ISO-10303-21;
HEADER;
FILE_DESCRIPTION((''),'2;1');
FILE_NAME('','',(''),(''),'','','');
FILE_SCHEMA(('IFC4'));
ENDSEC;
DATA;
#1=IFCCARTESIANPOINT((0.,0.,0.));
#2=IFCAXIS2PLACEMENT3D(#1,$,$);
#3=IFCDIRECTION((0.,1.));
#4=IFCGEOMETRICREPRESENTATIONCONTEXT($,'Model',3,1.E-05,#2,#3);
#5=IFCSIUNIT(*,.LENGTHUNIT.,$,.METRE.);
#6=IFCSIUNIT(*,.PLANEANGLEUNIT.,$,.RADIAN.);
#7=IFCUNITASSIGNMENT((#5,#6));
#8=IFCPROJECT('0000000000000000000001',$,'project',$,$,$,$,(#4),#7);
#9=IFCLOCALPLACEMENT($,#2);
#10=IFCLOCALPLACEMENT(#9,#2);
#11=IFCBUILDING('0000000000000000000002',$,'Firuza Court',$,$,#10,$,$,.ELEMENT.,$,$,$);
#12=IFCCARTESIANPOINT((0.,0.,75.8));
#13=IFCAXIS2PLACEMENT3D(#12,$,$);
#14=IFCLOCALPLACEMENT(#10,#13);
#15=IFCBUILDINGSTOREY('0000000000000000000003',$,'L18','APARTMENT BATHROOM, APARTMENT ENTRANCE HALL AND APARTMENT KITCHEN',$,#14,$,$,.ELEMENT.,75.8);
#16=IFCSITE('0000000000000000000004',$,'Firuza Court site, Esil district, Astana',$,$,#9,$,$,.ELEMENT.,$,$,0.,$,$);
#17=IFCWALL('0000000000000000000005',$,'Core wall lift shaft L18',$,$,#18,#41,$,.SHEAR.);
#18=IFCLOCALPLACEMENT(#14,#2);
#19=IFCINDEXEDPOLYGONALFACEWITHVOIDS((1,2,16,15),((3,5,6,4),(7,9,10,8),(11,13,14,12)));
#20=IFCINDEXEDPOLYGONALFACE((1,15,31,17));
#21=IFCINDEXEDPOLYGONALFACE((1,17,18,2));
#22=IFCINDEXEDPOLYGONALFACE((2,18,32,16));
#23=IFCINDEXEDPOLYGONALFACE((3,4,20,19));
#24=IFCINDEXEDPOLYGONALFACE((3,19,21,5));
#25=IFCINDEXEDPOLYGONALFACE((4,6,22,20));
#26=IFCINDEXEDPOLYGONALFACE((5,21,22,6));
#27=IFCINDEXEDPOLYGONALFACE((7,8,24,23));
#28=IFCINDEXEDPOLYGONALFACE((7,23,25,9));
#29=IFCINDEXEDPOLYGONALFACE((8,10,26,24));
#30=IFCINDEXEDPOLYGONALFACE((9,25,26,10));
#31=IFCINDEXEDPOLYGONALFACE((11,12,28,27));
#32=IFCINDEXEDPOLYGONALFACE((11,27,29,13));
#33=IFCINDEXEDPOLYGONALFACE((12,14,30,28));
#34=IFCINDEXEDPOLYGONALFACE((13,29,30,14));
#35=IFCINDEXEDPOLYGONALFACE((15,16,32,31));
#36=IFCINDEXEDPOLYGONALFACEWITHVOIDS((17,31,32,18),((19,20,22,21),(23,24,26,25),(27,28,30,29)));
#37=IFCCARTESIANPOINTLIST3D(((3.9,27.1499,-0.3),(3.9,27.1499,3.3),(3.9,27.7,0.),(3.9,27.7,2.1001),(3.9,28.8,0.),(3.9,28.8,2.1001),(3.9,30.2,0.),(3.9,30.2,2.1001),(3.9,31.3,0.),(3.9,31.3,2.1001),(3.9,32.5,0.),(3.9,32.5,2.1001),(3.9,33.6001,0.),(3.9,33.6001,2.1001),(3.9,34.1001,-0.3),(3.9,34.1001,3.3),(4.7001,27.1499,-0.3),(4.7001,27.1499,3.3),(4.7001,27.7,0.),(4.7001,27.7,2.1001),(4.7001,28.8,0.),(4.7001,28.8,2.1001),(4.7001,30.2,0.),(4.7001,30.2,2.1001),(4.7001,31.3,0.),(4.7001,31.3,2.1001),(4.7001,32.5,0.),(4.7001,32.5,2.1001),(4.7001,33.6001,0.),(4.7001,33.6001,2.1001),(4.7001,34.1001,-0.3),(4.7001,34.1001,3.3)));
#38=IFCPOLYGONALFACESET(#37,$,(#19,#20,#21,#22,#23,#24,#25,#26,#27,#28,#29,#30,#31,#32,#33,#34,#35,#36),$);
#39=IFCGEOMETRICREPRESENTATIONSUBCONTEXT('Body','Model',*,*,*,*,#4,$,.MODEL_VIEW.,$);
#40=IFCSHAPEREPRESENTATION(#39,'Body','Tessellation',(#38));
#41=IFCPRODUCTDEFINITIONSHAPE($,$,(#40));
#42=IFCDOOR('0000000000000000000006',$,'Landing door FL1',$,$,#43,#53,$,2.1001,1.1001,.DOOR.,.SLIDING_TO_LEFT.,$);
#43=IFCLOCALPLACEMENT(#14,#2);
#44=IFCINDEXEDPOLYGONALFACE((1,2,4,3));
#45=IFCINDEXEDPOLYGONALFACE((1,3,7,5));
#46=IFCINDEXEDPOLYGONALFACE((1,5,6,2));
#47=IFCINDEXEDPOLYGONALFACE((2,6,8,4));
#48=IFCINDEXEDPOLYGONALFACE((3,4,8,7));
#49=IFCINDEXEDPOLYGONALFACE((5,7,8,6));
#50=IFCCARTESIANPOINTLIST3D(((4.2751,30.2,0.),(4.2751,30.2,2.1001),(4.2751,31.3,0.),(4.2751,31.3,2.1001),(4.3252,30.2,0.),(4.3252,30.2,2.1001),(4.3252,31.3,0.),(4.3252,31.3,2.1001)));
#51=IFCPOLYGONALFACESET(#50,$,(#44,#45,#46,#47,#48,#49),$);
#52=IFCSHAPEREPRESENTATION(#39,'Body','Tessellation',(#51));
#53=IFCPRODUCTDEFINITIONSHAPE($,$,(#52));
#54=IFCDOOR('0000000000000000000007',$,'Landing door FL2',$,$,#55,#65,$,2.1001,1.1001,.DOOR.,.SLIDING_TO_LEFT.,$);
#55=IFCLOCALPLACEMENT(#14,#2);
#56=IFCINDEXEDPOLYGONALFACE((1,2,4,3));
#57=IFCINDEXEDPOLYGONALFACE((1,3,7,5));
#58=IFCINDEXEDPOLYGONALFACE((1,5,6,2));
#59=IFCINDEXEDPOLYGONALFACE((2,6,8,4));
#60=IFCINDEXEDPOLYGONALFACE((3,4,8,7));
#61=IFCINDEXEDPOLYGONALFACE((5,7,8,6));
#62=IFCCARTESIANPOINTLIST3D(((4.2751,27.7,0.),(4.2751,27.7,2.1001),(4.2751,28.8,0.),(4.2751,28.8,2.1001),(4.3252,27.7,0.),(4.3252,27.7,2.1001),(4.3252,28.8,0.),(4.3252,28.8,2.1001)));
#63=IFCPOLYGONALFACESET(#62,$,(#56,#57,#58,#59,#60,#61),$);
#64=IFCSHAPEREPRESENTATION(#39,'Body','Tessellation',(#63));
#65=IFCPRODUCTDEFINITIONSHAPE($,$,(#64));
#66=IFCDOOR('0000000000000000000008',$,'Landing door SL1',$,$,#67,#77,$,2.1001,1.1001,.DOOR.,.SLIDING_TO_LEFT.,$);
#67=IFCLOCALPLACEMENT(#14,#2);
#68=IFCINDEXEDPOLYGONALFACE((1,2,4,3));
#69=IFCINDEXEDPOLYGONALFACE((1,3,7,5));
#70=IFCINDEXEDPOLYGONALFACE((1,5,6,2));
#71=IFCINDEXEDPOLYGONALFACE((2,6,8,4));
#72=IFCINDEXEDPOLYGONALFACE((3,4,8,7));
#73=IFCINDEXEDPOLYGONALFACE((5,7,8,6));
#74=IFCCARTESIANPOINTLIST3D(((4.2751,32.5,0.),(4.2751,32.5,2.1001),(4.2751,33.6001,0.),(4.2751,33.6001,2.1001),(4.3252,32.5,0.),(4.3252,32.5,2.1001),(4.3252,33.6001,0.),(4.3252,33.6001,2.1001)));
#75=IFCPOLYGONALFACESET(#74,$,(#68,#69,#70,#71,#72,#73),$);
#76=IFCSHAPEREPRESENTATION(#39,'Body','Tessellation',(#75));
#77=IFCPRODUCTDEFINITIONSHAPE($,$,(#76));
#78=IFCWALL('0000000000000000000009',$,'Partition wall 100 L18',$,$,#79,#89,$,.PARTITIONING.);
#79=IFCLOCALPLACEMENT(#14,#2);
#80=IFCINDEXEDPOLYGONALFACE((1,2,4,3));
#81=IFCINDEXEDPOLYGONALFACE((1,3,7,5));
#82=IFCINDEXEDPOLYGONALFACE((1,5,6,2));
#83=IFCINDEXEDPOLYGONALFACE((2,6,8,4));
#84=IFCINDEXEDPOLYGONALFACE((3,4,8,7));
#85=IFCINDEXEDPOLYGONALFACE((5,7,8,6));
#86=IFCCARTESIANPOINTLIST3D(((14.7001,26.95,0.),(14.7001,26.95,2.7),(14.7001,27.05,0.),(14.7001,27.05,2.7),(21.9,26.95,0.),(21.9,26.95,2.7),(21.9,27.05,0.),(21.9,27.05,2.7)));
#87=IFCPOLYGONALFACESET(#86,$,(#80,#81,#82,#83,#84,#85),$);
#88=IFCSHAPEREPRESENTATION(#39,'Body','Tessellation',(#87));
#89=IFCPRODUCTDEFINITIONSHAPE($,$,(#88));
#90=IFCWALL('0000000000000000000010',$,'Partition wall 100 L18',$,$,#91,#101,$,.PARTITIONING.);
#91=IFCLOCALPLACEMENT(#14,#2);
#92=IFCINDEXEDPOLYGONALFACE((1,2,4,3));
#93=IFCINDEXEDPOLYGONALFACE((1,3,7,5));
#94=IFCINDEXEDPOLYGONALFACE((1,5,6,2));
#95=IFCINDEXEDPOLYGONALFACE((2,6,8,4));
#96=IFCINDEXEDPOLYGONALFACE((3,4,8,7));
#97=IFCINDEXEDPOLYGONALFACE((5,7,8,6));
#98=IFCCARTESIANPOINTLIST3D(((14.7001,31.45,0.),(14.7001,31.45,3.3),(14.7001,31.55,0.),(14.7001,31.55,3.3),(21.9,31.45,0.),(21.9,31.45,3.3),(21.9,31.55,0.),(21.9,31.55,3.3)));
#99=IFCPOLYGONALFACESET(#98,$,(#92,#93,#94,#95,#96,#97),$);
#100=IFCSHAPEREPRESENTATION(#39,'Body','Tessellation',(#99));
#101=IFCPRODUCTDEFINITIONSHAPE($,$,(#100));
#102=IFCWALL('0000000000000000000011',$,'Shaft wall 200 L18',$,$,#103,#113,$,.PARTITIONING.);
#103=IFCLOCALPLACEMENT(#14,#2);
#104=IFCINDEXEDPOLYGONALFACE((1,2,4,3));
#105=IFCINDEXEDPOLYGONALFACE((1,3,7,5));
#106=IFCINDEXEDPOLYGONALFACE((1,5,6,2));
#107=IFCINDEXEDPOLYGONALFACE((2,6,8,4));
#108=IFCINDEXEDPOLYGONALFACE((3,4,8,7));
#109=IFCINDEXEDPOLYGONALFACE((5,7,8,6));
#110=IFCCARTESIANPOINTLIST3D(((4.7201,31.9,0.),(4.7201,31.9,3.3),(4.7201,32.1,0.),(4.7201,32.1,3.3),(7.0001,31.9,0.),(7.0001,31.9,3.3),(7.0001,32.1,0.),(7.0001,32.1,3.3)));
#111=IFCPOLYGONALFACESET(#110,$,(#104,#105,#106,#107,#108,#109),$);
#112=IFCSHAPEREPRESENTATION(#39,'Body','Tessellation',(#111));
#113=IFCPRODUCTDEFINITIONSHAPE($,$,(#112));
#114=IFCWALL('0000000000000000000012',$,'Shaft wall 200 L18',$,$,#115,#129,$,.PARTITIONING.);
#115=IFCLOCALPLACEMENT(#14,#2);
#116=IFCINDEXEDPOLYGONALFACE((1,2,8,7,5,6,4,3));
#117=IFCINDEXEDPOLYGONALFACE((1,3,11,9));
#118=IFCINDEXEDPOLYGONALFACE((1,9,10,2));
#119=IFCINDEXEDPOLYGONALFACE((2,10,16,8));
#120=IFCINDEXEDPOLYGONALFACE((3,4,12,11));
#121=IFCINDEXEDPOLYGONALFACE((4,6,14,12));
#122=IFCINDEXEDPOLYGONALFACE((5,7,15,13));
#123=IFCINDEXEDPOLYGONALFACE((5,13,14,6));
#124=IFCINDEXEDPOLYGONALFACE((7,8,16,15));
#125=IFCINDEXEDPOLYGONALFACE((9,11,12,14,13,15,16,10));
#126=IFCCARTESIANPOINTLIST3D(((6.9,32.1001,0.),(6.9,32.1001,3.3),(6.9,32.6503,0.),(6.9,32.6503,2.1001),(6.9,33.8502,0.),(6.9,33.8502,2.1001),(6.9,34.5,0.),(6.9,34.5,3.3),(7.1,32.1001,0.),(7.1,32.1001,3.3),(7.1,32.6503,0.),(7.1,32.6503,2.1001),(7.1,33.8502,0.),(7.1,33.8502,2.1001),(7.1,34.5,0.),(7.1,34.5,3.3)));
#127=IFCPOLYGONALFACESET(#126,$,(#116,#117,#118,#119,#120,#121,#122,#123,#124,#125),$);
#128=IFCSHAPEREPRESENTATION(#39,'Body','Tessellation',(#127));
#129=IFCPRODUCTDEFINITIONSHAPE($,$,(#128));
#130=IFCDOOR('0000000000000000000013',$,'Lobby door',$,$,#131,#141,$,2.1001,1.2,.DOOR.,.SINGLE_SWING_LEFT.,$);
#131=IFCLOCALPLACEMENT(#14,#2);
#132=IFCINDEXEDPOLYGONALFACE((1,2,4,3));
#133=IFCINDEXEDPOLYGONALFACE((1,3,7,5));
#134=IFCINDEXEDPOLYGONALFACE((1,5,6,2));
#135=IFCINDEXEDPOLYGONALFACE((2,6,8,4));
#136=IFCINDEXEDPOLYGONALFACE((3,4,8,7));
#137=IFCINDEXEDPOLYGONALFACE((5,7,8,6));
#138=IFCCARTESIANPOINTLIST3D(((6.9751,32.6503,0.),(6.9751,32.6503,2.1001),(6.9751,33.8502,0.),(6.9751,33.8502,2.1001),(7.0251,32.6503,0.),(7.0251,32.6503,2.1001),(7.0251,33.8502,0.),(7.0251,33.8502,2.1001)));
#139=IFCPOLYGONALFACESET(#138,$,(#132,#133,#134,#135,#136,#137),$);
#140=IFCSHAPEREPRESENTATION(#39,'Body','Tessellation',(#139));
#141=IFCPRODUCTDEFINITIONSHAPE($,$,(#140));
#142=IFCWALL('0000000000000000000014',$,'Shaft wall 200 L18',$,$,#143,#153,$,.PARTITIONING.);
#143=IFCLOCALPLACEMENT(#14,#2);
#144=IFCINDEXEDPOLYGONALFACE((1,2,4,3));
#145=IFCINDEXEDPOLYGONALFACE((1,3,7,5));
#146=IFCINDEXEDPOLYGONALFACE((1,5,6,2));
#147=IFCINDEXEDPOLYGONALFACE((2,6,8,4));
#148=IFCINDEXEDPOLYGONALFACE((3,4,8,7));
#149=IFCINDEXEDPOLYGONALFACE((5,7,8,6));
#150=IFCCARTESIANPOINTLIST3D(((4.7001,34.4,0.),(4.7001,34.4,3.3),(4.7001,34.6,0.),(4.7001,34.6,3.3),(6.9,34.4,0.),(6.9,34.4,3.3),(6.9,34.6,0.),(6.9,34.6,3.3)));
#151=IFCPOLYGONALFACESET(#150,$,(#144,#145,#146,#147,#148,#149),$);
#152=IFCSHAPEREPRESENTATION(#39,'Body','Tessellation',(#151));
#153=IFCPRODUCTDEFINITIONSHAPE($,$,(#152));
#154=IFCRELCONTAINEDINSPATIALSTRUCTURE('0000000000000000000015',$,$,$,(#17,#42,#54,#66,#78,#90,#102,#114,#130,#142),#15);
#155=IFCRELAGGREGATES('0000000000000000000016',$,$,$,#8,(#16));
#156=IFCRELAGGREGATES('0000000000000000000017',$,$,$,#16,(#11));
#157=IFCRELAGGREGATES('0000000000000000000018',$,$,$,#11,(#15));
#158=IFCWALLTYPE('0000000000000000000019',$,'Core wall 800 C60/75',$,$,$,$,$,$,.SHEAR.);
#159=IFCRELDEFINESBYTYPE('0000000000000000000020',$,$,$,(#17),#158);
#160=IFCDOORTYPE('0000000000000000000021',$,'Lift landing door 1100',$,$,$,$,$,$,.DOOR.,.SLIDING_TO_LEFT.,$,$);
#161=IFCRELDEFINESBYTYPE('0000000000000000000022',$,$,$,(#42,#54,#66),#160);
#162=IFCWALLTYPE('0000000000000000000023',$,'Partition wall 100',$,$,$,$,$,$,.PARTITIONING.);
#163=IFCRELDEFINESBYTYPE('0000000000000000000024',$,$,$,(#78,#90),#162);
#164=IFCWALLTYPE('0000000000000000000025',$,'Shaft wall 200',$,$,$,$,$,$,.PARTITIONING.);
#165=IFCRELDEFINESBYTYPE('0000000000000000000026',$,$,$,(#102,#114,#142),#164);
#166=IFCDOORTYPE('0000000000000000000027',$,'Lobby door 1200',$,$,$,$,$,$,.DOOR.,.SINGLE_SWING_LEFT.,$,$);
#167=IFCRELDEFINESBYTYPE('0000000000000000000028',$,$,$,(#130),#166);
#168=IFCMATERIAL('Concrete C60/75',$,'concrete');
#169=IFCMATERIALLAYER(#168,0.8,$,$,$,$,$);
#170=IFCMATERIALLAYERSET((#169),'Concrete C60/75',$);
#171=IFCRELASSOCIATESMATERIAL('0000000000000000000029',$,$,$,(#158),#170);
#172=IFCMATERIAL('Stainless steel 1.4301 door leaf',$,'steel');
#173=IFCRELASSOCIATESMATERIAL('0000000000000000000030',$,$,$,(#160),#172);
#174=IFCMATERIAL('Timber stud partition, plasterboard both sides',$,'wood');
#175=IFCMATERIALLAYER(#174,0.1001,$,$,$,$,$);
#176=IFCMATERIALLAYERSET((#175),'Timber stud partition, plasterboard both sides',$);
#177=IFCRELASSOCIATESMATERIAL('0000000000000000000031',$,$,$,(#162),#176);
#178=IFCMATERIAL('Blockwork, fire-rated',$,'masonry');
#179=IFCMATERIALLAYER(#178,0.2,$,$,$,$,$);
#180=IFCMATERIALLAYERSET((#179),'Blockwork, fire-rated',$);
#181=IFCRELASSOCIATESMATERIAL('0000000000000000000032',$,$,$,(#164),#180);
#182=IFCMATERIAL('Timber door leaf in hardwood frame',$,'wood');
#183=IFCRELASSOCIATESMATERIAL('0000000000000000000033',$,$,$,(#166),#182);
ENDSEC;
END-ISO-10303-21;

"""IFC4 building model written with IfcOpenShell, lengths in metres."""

from ifc_helpers import new_model, si_unit, direction, frame, frame_2d, origin, place, context, subcontext, project, spatial, rectangle, extrude, material, layer, layer_set, type_object, element, fill, save


model = new_model("IFC4")

# Units and contexts
model_context = context("Model", 3, precision=1e-05, world=origin(), true_north=direction((0.0, 1.0)))
body_context = subcontext(model_context, "Body", "Model", "MODEL_VIEW")
ifc_project = project(units=[si_unit("LENGTHUNIT", "METRE"), si_unit("PLANEANGLEUNIT", "RADIAN")], contexts=[model_context])

# Site, building, storey
site_placement = place(None, origin())
site = spatial("IfcSite", under=ifc_project, at=site_placement, Name="Firuza Court site, Esil district, Astana", CompositionType="ELEMENT", RefElevation=0.0)
building_placement = place(site_placement, origin())
building = spatial("IfcBuilding", under=site, at=building_placement, Name="Firuza Court", CompositionType="ELEMENT")
storey_placement = place(building_placement, frame((0.0, 0.0, 75.8)))
storey = spatial("IfcBuildingStorey", under=building, at=storey_placement, Name="L18", Description="APARTMENT BATHROOM, APARTMENT ENTRANCE HALL AND APARTMENT KITCHEN", CompositionType="ELEMENT", Elevation=75.8)

# Shared definitions
ifc_material_1 = material(Name="Concrete C60/75", Category="concrete")

# Shared definitions
ifc_layer_1 = layer(ifc_material_1, 0.8)
ifc_layer_set_1 = layer_set([ifc_layer_1], Name="Concrete C60/75")
wall_type_1 = type_object("IfcWallType", Name="Core wall 800 C60/75", PredefinedType="SHEAR", material=ifc_layer_set_1)

# Wall, openings, doors
wall_1_placement = place(storey_placement, frame((4.3, 27.1499, -0.3), z_axis=(0.0, 0.0, 1.0), x_axis=(0.0, 1.0, 0.0)))
wall_1 = element("IfcWall", 1, at=wall_1_placement, inside=storey, type_object=wall_type_1, Name="Core wall lift shaft L18", PredefinedType="SHEAR", context=body_context, shape_type="SweptSolid", body=[
    extrude(rectangle(XDim=6.9502, YDim=0.8, at=frame_2d((3.4751, 0.0))), origin(), (0.0, 0.0, 1.0), 3.6001),
])
opening_1_placement = place(wall_1_placement, frame((3.05, 0.0, 0.3)))
opening_1 = element("IfcOpeningElement", 2, at=opening_1_placement, cuts=wall_1, PredefinedType="OPENING", context=body_context, shape_type="SweptSolid", body=[
    extrude(rectangle(XDim=1.1001, YDim=2.1001, at=frame_2d((0.55, 1.05))), frame((0.0, 0.4121, 0.0), z_axis=(0.0, -1.0, 0.0), x_axis=(1.0, 0.0, 0.0)), (0.0, 0.0, 1.0), 0.824),
])
opening_2_placement = place(wall_1_placement, frame((0.55, 0.0, 0.3)))
opening_2 = element("IfcOpeningElement", 3, at=opening_2_placement, cuts=wall_1, PredefinedType="OPENING", context=body_context, shape_type="SweptSolid", body=[
    extrude(rectangle(XDim=1.1001, YDim=2.1001, at=frame_2d((0.55, 1.05))), frame((0.0, 0.4121, 0.0), z_axis=(0.0, -1.0, 0.0), x_axis=(1.0, 0.0, 0.0)), (0.0, 0.0, 1.0), 0.824),
])
opening_3_placement = place(wall_1_placement, frame((5.3501, 0.0, 0.3)))
opening_3 = element("IfcOpeningElement", 4, at=opening_3_placement, cuts=wall_1, PredefinedType="OPENING", context=body_context, shape_type="SweptSolid", body=[
    extrude(rectangle(XDim=1.1001, YDim=2.1001, at=frame_2d((0.55, 1.05))), frame((0.0, 0.4121, 0.0), z_axis=(0.0, -1.0, 0.0), x_axis=(1.0, 0.0, 0.0)), (0.0, 0.0, 1.0), 0.824),
])
ifc_material_2 = material(Name="Stainless steel 1.4301 door leaf", Category="steel")
door_type_1 = type_object("IfcDoorType", Name="Lift landing door 1100", OperationType="SLIDING_TO_LEFT", PredefinedType="DOOR", material=ifc_material_2)
door_1_placement = place(opening_1_placement, origin())
door_1 = element("IfcDoor", 5, at=door_1_placement, inside=storey, type_object=door_type_1, Name="Landing door FL1", OperationType="SLIDING_TO_LEFT", OverallHeight=2.1001, OverallWidth=1.1001, PredefinedType="DOOR", context=body_context, shape_type="SweptSolid", body=[
    extrude(rectangle(XDim=1.1001, YDim=2.1001, at=frame_2d((0.55, 1.05))), frame((0.0, 0.0249, 0.0), z_axis=(0.0, -1.0, 0.0), x_axis=(1.0, 0.0, 0.0)), (0.0, 0.0, 1.0), 0.05),
])
fill(opening_1, door_1)
door_2_placement = place(opening_2_placement, origin())
door_2 = element("IfcDoor", 6, at=door_2_placement, inside=storey, type_object=door_type_1, Name="Landing door FL2", OperationType="SLIDING_TO_LEFT", OverallHeight=2.1001, OverallWidth=1.1001, PredefinedType="DOOR", context=body_context, shape_type="SweptSolid", body=[
    extrude(rectangle(XDim=1.1001, YDim=2.1001, at=frame_2d((0.55, 1.05))), frame((0.0, 0.0249, 0.0), z_axis=(0.0, -1.0, 0.0), x_axis=(1.0, 0.0, 0.0)), (0.0, 0.0, 1.0), 0.05),
])
fill(opening_2, door_2)
door_3_placement = place(opening_3_placement, origin())
door_3 = element("IfcDoor", 7, at=door_3_placement, inside=storey, type_object=door_type_1, Name="Landing door SL1", OperationType="SLIDING_TO_LEFT", OverallHeight=2.1001, OverallWidth=1.1001, PredefinedType="DOOR", context=body_context, shape_type="SweptSolid", body=[
    extrude(rectangle(XDim=1.1001, YDim=2.1001, at=frame_2d((0.55, 1.05))), frame((0.0, 0.0249, 0.0), z_axis=(0.0, -1.0, 0.0), x_axis=(1.0, 0.0, 0.0)), (0.0, 0.0, 1.0), 0.05),
])
fill(opening_3, door_3)

# Walls
ifc_material_3 = material(Name="Timber stud partition, plasterboard both sides", Category="wood")
ifc_layer_2 = layer(ifc_material_3, 0.1001)
ifc_layer_set_2 = layer_set([ifc_layer_2], Name="Timber stud partition, plasterboard both sides")
wall_type_2 = type_object("IfcWallType", Name="Partition wall 100", PredefinedType="PARTITIONING", material=ifc_layer_set_2)
wall_2_placement = place(storey_placement, frame((14.7, 27.0, 0.0), z_axis=(0.0, 0.0, 1.0), x_axis=(1.0, 0.0, 0.0)))
element("IfcWall", 8, at=wall_2_placement, inside=storey, type_object=wall_type_2, Name="Partition wall 100 L18", PredefinedType="PARTITIONING", context=body_context, shape_type="SweptSolid", body=[
    extrude(rectangle(XDim=7.2, YDim=0.1001, at=frame_2d((3.6001, 0.0))), origin(), (0.0, 0.0, 1.0), 2.7),
])
wall_3_placement = place(storey_placement, frame((14.7, 31.5, 0.0), z_axis=(0.0, 0.0, 1.0), x_axis=(1.0, 0.0, 0.0)))
element("IfcWall", 9, at=wall_3_placement, inside=storey, type_object=wall_type_2, Name="Partition wall 100 L18", PredefinedType="PARTITIONING", context=body_context, shape_type="SweptSolid", body=[
    extrude(rectangle(XDim=7.2, YDim=0.1001, at=frame_2d((3.6001, 0.0))), origin(), (0.0, 0.0, 1.0), 3.3),
])
ifc_material_4 = material(Name="Blockwork, fire-rated", Category="masonry")
ifc_layer_3 = layer(ifc_material_4, 0.2)
ifc_layer_set_3 = layer_set([ifc_layer_3], Name="Blockwork, fire-rated")
wall_type_3 = type_object("IfcWallType", Name="Shaft wall 200", PredefinedType="PARTITIONING", material=ifc_layer_set_3)
wall_4_placement = place(storey_placement, frame((4.72, 32.0, 0.0), z_axis=(0.0, 0.0, 1.0), x_axis=(1.0, 0.0, 0.0)))
element("IfcWall", 10, at=wall_4_placement, inside=storey, type_object=wall_type_3, Name="Shaft wall 200 L18", PredefinedType="PARTITIONING", context=body_context, shape_type="SweptSolid", body=[
    extrude(rectangle(XDim=2.28, YDim=0.2, at=frame_2d((1.1401, 0.0))), origin(), (0.0, 0.0, 1.0), 3.3),
])

# Wall, opening, door
wall_5_placement = place(storey_placement, frame((7.0, 32.1001, 0.0), z_axis=(0.0, 0.0, 1.0), x_axis=(0.0, 1.0, 0.0)))
wall_5 = element("IfcWall", 11, at=wall_5_placement, inside=storey, type_object=wall_type_3, Name="Shaft wall 200 L18", PredefinedType="PARTITIONING", context=body_context, shape_type="SweptSolid", body=[
    extrude(rectangle(XDim=2.3999, YDim=0.2, at=frame_2d((1.2, 0.0))), origin(), (0.0, 0.0, 1.0), 3.3),
])
opening_4_placement = place(wall_5_placement, frame((0.55, 0.0, 0.0)))
opening_4 = element("IfcOpeningElement", 12, at=opening_4_placement, cuts=wall_5, PredefinedType="OPENING", context=body_context, shape_type="SweptSolid", body=[
    extrude(rectangle(XDim=1.2, YDim=2.1001, at=frame_2d((0.6001, 1.05))), frame((0.0, 0.1118, 0.0), z_axis=(0.0, -1.0, 0.0), x_axis=(1.0, 0.0, 0.0)), (0.0, 0.0, 1.0), 0.2239),
])
ifc_material_5 = material(Name="Timber door leaf in hardwood frame", Category="wood")
door_type_2 = type_object("IfcDoorType", Name="Lobby door 1200", OperationType="SINGLE_SWING_LEFT", PredefinedType="DOOR", material=ifc_material_5)
door_4_placement = place(opening_4_placement, origin())
door_4 = element("IfcDoor", 13, at=door_4_placement, inside=storey, type_object=door_type_2, Name="Lobby door", OperationType="SINGLE_SWING_LEFT", OverallHeight=2.1001, OverallWidth=1.2, PredefinedType="DOOR", context=body_context, shape_type="SweptSolid", body=[
    extrude(rectangle(XDim=1.2, YDim=2.1001, at=frame_2d((0.6001, 1.05))), frame((0.0, 0.0249, 0.0), z_axis=(0.0, -1.0, 0.0), x_axis=(1.0, 0.0, 0.0)), (0.0, 0.0, 1.0), 0.05),
])
fill(opening_4, door_4)

# Wall
wall_6_placement = place(storey_placement, frame((4.7, 34.5, 0.0), z_axis=(0.0, 0.0, 1.0), x_axis=(1.0, 0.0, 0.0)))
element("IfcWall", 14, at=wall_6_placement, inside=storey, type_object=wall_type_3, Name="Shaft wall 200 L18", PredefinedType="PARTITIONING", context=body_context, shape_type="SweptSolid", body=[
    extrude(rectangle(XDim=2.2, YDim=0.2, at=frame_2d((1.1001, 0.0))), origin(), (0.0, 0.0, 1.0), 3.3),
])

save(model, "model.ifc")
